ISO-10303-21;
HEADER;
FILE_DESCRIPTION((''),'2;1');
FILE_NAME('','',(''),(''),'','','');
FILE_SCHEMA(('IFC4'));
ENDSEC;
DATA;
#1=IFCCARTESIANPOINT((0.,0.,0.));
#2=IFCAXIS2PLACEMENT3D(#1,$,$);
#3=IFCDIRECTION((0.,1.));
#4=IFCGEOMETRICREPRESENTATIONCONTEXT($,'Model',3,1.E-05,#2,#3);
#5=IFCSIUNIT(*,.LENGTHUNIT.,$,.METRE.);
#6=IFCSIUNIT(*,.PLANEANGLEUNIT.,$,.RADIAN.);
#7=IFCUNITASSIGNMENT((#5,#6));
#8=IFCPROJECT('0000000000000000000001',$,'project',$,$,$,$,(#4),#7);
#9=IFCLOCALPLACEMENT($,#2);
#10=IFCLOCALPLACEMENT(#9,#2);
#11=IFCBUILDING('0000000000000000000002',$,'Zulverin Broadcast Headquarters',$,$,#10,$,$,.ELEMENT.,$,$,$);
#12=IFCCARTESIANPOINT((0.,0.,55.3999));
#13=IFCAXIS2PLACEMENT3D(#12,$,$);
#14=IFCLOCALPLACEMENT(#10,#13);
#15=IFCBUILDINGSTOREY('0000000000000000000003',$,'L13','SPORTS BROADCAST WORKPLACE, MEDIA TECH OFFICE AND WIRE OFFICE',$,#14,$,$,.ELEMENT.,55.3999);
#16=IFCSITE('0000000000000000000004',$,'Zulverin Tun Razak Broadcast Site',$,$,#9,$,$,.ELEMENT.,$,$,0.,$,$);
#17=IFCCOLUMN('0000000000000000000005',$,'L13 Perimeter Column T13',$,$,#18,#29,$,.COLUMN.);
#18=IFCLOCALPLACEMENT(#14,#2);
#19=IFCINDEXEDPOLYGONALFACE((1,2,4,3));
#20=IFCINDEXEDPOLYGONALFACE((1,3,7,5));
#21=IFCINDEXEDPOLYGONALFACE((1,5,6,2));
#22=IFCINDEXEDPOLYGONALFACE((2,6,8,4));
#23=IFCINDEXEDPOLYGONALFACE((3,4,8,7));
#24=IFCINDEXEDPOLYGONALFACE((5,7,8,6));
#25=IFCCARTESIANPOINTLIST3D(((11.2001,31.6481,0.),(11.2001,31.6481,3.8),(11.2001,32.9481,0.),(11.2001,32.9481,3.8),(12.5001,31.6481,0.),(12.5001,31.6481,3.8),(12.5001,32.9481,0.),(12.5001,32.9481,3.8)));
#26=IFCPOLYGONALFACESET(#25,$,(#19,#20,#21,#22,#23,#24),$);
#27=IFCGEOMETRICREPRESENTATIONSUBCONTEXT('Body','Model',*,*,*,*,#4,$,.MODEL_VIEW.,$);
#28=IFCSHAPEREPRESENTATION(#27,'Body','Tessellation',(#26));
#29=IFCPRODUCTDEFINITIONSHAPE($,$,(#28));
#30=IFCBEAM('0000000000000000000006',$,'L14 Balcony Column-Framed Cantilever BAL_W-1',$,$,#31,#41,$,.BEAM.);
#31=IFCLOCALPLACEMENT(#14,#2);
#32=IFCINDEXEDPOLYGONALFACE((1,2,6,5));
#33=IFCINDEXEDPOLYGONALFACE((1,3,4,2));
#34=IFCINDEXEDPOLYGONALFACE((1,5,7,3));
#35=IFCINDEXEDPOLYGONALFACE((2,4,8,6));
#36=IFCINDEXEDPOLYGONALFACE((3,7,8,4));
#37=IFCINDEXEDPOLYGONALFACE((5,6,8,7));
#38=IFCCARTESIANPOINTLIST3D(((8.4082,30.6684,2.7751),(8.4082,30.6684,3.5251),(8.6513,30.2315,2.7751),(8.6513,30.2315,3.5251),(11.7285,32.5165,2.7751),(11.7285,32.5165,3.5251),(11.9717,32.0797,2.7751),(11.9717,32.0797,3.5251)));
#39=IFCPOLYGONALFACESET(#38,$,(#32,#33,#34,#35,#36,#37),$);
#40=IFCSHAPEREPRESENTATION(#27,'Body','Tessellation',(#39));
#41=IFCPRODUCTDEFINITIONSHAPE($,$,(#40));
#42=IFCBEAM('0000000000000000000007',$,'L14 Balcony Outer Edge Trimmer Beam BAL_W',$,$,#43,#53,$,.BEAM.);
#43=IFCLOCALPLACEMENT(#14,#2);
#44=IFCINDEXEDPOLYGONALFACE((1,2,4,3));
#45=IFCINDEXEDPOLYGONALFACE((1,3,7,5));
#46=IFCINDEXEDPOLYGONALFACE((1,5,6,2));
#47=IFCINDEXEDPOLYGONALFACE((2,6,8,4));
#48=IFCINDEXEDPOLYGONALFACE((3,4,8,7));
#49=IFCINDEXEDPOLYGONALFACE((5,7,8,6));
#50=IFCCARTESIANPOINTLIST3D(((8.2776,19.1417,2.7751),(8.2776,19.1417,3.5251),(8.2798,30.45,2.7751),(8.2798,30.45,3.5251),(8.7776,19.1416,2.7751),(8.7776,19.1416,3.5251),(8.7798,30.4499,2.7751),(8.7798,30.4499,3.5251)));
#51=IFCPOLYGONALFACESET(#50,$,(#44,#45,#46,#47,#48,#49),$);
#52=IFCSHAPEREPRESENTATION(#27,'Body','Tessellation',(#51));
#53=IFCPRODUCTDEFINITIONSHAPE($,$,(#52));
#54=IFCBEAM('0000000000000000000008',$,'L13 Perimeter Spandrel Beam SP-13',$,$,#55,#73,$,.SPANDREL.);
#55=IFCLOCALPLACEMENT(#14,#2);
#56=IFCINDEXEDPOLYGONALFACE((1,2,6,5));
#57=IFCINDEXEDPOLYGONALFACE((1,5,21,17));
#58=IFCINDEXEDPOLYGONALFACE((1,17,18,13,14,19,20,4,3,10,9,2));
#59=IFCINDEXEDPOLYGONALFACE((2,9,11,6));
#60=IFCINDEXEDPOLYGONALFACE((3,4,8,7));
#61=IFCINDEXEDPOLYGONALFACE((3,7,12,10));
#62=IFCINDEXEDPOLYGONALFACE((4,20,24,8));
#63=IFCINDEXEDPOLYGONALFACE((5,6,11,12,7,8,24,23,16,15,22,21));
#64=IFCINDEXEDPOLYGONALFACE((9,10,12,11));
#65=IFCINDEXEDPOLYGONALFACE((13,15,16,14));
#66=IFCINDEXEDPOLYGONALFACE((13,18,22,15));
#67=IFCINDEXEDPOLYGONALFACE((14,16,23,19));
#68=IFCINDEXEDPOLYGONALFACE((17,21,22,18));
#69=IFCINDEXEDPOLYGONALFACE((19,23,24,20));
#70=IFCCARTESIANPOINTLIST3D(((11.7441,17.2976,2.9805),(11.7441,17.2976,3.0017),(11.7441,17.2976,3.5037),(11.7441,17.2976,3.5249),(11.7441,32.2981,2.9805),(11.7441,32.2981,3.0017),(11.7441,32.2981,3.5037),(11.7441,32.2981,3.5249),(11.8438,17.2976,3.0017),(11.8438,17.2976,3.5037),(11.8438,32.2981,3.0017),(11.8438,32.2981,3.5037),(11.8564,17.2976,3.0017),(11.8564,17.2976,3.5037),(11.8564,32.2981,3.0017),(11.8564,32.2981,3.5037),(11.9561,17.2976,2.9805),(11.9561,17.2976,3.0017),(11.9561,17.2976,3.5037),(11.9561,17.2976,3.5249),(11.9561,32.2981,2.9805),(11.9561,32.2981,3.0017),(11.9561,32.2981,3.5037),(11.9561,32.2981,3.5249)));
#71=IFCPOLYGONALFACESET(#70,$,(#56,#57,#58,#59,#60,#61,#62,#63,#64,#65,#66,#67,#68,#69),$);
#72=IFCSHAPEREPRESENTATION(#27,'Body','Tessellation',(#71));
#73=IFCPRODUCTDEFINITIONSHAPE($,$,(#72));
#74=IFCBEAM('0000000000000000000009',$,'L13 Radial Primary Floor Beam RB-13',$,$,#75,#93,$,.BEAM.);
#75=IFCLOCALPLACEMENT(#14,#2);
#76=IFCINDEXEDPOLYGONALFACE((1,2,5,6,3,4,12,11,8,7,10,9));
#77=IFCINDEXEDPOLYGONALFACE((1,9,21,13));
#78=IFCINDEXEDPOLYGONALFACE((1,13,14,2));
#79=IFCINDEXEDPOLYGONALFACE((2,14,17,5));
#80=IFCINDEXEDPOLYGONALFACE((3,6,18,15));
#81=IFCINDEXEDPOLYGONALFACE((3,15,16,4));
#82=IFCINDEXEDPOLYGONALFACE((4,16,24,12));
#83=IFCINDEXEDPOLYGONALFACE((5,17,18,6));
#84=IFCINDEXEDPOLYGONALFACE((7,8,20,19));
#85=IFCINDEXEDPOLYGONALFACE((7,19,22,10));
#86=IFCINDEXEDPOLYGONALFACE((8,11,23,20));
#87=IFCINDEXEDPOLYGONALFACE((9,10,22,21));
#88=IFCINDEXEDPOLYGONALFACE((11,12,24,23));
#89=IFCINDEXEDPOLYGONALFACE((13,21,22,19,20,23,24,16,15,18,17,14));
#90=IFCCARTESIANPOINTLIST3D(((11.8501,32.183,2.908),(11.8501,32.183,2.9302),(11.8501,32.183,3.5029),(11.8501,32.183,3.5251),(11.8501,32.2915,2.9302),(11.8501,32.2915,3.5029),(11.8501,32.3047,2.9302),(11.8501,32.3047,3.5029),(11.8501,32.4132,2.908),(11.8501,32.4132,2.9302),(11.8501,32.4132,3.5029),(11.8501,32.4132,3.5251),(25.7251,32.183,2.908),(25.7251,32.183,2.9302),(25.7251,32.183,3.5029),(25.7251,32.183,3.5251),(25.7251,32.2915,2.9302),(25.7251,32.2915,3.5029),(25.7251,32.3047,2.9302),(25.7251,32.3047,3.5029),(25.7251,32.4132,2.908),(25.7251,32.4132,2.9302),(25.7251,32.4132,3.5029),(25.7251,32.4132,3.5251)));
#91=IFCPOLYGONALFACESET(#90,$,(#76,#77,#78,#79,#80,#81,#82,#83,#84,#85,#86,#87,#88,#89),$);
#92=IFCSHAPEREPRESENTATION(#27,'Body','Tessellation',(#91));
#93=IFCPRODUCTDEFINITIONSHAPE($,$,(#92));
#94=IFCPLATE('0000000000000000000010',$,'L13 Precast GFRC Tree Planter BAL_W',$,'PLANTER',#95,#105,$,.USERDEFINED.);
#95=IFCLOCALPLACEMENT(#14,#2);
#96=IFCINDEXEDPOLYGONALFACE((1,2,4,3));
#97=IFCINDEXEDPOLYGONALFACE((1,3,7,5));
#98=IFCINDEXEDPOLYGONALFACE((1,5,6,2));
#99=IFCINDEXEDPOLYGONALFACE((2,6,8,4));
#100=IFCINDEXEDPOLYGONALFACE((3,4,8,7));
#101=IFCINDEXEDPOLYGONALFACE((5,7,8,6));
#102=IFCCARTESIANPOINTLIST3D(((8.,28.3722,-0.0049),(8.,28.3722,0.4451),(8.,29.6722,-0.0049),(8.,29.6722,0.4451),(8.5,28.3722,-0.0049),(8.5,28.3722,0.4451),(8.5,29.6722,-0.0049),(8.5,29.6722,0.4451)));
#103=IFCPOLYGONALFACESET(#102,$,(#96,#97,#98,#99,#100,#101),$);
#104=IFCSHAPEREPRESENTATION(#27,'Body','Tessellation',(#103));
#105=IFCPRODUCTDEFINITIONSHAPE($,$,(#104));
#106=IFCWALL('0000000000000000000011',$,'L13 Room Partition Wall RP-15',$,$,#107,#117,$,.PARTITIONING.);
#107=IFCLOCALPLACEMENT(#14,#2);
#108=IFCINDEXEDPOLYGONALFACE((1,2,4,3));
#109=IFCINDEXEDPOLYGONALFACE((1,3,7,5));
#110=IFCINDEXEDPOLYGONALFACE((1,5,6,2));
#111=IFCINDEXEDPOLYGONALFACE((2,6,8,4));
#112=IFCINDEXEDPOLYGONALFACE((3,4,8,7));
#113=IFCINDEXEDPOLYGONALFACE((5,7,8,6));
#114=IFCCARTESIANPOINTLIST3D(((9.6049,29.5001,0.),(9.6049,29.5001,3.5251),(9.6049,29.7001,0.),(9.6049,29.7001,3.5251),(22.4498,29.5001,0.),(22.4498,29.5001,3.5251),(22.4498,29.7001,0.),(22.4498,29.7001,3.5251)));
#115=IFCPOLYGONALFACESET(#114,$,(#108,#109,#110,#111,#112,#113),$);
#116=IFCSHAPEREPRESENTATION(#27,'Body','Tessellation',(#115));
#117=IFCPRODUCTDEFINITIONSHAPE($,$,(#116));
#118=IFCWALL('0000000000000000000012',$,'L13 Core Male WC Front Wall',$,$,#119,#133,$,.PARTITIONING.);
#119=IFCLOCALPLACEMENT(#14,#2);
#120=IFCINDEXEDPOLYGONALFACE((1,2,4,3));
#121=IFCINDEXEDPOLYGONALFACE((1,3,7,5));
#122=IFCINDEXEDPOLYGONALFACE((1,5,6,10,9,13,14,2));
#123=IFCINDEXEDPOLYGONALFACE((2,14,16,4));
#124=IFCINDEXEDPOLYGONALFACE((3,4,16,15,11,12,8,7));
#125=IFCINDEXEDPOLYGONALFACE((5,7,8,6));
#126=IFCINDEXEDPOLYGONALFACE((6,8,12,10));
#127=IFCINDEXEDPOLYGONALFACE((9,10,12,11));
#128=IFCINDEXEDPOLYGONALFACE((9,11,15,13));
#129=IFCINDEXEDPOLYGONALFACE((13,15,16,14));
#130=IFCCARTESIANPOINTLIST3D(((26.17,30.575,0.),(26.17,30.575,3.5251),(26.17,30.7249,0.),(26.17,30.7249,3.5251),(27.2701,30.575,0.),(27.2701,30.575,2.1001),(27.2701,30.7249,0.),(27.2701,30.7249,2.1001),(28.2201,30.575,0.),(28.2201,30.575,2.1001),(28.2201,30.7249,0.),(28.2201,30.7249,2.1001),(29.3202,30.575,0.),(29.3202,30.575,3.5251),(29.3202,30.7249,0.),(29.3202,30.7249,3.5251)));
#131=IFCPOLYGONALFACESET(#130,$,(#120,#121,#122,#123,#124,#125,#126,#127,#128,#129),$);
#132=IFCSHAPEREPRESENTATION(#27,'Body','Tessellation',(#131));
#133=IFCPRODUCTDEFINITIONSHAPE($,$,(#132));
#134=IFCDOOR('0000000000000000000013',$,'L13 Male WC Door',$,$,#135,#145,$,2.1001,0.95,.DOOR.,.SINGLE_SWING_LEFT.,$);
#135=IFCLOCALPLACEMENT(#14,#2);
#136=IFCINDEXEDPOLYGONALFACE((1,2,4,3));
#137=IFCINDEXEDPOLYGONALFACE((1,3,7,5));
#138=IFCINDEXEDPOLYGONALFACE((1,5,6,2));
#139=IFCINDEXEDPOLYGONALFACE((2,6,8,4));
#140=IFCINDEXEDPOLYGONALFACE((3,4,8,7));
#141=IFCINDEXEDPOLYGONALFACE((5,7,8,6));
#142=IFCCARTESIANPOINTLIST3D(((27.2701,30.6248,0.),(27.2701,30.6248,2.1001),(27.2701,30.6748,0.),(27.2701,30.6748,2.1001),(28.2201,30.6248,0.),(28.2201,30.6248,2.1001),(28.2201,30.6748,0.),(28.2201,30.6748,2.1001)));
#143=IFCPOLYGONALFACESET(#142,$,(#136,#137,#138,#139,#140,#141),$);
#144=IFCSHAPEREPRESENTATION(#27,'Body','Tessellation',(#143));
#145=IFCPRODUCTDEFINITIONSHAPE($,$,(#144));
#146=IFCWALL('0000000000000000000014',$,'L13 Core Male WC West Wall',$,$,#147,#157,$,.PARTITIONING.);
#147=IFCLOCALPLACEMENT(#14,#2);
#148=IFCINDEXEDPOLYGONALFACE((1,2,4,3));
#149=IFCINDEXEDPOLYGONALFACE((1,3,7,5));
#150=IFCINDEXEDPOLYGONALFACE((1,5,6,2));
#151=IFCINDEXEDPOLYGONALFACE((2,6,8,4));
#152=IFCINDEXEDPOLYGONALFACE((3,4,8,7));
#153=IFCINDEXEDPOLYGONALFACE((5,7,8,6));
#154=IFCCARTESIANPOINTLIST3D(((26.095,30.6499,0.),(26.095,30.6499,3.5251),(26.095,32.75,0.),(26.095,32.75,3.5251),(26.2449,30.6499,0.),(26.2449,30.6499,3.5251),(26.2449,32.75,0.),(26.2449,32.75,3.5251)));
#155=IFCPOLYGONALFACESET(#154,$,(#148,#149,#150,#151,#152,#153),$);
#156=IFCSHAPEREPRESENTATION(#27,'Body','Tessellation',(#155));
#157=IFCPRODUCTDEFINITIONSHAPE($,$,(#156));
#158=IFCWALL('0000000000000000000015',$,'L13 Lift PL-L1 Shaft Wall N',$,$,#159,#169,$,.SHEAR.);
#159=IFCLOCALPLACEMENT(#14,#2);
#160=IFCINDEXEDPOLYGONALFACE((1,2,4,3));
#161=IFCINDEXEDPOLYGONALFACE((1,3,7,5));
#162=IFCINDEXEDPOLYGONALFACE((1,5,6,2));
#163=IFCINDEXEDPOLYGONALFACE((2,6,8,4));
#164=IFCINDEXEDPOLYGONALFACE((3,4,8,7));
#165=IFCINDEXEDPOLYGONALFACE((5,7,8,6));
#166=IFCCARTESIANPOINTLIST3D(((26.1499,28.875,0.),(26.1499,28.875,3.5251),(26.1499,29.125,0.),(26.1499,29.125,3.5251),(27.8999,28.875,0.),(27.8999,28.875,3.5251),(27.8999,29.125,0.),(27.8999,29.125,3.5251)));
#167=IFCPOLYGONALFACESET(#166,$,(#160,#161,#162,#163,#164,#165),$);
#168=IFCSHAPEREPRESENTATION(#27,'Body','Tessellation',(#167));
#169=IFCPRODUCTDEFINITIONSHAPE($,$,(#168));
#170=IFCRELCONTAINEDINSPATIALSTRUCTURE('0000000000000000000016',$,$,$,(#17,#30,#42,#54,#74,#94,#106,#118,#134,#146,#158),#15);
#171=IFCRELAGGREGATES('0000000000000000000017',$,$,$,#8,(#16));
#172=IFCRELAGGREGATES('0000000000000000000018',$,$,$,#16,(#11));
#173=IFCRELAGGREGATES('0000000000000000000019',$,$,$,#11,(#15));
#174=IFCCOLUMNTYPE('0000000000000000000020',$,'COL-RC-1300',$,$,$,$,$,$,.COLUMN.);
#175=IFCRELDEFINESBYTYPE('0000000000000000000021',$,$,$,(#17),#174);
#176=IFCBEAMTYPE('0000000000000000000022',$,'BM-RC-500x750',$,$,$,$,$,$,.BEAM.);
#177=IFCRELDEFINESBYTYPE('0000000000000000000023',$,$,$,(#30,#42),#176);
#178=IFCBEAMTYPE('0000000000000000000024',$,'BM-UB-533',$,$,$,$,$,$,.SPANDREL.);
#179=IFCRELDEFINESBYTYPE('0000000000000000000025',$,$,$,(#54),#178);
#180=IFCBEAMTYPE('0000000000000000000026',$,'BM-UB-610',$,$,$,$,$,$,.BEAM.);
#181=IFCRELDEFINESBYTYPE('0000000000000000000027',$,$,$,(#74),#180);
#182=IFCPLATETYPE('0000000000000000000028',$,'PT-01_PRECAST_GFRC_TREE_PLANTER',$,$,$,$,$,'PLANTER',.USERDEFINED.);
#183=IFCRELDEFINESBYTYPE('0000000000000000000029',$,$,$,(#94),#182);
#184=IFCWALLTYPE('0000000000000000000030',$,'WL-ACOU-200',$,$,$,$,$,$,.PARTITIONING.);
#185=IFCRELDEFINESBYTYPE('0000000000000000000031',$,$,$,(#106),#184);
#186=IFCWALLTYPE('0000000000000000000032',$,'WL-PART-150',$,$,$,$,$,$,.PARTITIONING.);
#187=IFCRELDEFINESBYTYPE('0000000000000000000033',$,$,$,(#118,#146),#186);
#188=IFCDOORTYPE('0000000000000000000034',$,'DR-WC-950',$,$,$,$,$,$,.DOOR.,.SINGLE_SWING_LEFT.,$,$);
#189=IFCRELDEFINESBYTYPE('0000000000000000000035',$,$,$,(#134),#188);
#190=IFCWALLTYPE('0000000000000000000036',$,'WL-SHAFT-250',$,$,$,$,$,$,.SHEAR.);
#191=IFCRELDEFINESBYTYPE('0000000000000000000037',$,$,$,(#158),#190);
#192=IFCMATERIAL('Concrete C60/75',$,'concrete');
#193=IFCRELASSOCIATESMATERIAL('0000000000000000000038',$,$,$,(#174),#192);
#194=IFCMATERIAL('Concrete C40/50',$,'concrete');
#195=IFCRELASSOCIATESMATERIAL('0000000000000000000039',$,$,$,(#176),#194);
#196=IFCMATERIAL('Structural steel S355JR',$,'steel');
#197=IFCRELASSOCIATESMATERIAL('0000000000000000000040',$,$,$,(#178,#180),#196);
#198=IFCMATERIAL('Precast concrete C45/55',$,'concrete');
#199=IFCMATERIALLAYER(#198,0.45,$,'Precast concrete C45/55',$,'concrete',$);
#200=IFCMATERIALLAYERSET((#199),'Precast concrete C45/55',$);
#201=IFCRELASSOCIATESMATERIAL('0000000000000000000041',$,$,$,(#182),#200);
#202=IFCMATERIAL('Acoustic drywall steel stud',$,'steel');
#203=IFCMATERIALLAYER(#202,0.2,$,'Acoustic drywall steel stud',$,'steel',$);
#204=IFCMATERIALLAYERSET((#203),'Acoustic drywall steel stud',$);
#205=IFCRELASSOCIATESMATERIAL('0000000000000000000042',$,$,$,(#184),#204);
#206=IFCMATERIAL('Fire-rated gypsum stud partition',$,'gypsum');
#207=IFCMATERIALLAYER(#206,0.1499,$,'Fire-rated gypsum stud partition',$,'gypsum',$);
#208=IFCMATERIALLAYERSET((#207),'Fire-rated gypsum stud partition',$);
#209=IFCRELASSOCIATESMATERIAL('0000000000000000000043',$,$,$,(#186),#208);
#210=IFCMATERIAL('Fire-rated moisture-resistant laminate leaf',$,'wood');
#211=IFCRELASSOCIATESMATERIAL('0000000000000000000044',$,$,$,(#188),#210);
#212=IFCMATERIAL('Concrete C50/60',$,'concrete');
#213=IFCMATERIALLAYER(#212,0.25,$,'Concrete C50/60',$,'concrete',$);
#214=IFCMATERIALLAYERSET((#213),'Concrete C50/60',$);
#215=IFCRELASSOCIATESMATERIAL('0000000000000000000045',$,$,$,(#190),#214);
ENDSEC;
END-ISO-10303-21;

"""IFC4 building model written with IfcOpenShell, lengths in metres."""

from ifc_helpers import new_model, si_unit, direction, frame, frame_2d, origin, origin_2d, place, context, subcontext, project, spatial, rectangle, i_section, extrude, material, layer, layer_set, material_profile, profile_set, type_object, element, fill, save


model = new_model("IFC4")

# Units and contexts
model_context = context("Model", 3, precision=1e-05, world=origin(), true_north=direction((0.0, 1.0)))
body_context = subcontext(model_context, "Body", "Model", "MODEL_VIEW")
ifc_project = project(units=[si_unit("LENGTHUNIT", "METRE"), si_unit("PLANEANGLEUNIT", "RADIAN")], contexts=[model_context])

# Site, building, storey
site_placement = place(None, origin())
site = spatial("IfcSite", under=ifc_project, at=site_placement, Name="Zulverin Tun Razak Broadcast Site", CompositionType="ELEMENT", RefElevation=0.0)
building_placement = place(site_placement, origin())
building = spatial("IfcBuilding", under=site, at=building_placement, Name="Zulverin Broadcast Headquarters", CompositionType="ELEMENT")
storey_placement = place(building_placement, frame((0.0, 0.0, 55.3999)))
storey = spatial("IfcBuildingStorey", under=building, at=storey_placement, Name="L13", Description="SPORTS BROADCAST WORKPLACE, MEDIA TECH OFFICE AND WIRE OFFICE", CompositionType="ELEMENT", Elevation=55.3999)

# Column
ifc_material_1 = material(Name="Concrete C60/75", Category="concrete")
ifc_material_profile_1 = material_profile(ifc_material_1, rectangle(XDim=1.3, YDim=1.3, at=origin_2d()), Name="Concrete C60/75", Category="concrete")
ifc_profile_set_1 = profile_set([ifc_material_profile_1], Name="Concrete C60/75")
column_type = type_object("IfcColumnType", Name="COL-RC-1300", PredefinedType="COLUMN", material=ifc_profile_set_1)
column_placement = place(storey_placement, frame((11.8501, 32.2981, 0.0), z_axis=(0.0, 0.0, 1.0), x_axis=(1.0, 0.0, 0.0)))
element("IfcColumn", 1, at=column_placement, inside=storey, type_object=column_type, Name="L13 Perimeter Column T13", PredefinedType="COLUMN", context=body_context, shape_type="SweptSolid", body=[
    extrude(rectangle(XDim=1.3, YDim=1.3, at=origin_2d()), origin(), (0.0, 0.0, 1.0), 3.8),
])

# Beams
ifc_material_2 = material(Name="Concrete C40/50", Category="concrete")
ifc_material_profile_2 = material_profile(ifc_material_2, rectangle(XDim=0.5, YDim=0.75, at=origin_2d()), Name="Concrete C40/50", Category="concrete")
ifc_profile_set_2 = profile_set([ifc_material_profile_2], Name="Concrete C40/50")
beam_type_1 = type_object("IfcBeamType", Name="BM-RC-500x750", PredefinedType="BEAM", material=ifc_profile_set_2)
beam_1_placement = place(storey_placement, frame((11.8501, 32.2981, 3.1501), z_axis=(-0.873763, -0.486352, 0.0), x_axis=(0.486352, -0.873763, 0.0)))
element("IfcBeam", 2, at=beam_1_placement, inside=storey, type_object=beam_type_1, Name="L14 Balcony Column-Framed Cantilever BAL_W-1", PredefinedType="BEAM", context=body_context, shape_type="SweptSolid", body=[
    extrude(rectangle(XDim=0.5, YDim=0.75, at=origin_2d()), origin(), (0.0, 0.0, 1.0), 3.8),
])
beam_2_placement = place(storey_placement, frame((8.5298, 30.45, 3.1501), z_axis=(-0.000194, -1.0, 0.0), x_axis=(1.0, -0.000194, 0.0)))
element("IfcBeam", 3, at=beam_2_placement, inside=storey, type_object=beam_type_1, Name="L14 Balcony Outer Edge Trimmer Beam BAL_W", PredefinedType="BEAM", context=body_context, shape_type="SweptSolid", body=[
    extrude(rectangle(XDim=0.5, YDim=0.75, at=origin_2d()), origin(), (0.0, 0.0, 1.0), 11.3083),
])
ifc_material_3 = material(Name="Structural steel S355JR", Category="steel")
ifc_material_profile_3 = material_profile(ifc_material_3, i_section(OverallWidth=0.2119, OverallDepth=0.5444, WebThickness=0.0127, FlangeThickness=0.0212, at=origin_2d()), Name="Structural steel S355JR", Category="steel")
ifc_profile_set_3 = profile_set([ifc_material_profile_3], Name="Structural steel S355JR")
beam_type_2 = type_object("IfcBeamType", Name="BM-UB-533", PredefinedType="SPANDREL", material=ifc_profile_set_3)
beam_3_placement = place(storey_placement, frame((11.8501, 32.2981, 3.2527), z_axis=(0.0, -1.0, 0.0), x_axis=(1.0, 0.0, 0.0)))
element("IfcBeam", 4, at=beam_3_placement, inside=storey, type_object=beam_type_2, Name="L13 Perimeter Spandrel Beam SP-13", PredefinedType="SPANDREL", context=body_context, shape_type="SweptSolid", body=[
    extrude(i_section(OverallWidth=0.2119, OverallDepth=0.5444, WebThickness=0.0127, FlangeThickness=0.0212, at=origin_2d()), origin(), (0.0, 0.0, 1.0), 15.0005),
])
ifc_material_profile_4 = material_profile(ifc_material_3, i_section(OverallWidth=0.2302, OverallDepth=0.6172, WebThickness=0.0132, FlangeThickness=0.0222, at=origin_2d()), Name="Structural steel S355JR", Category="steel")
ifc_profile_set_4 = profile_set([ifc_material_profile_4], Name="Structural steel S355JR")
beam_type_3 = type_object("IfcBeamType", Name="BM-UB-610", PredefinedType="BEAM", material=ifc_profile_set_4)
beam_4_placement = place(storey_placement, frame((25.7251, 32.2981, 3.2166), z_axis=(-1.0, 0.0, 0.0), x_axis=(0.0, -1.0, 0.0)))
element("IfcBeam", 5, at=beam_4_placement, inside=storey, type_object=beam_type_3, Name="L13 Radial Primary Floor Beam RB-13", PredefinedType="BEAM", context=body_context, shape_type="SweptSolid", body=[
    extrude(i_section(OverallWidth=0.2302, OverallDepth=0.6172, WebThickness=0.0132, FlangeThickness=0.0222, at=origin_2d()), origin(), (0.0, 0.0, 1.0), 13.875),
])

# Plate
ifc_material_4 = material(Name="Precast concrete C45/55", Category="concrete")
ifc_layer_1 = layer(ifc_material_4, 0.45, Name="Precast concrete C45/55", Category="concrete")
ifc_layer_set_1 = layer_set([ifc_layer_1], Name="Precast concrete C45/55")
plate_type = type_object("IfcPlateType", Name="PT-01_PRECAST_GFRC_TREE_PLANTER", ElementType="PLANTER", PredefinedType="USERDEFINED", material=ifc_layer_set_1)
plate_placement = place(storey_placement, frame((8.25, 29.0222, -0.0049), z_axis=(0.0, 0.0, 1.0), x_axis=(0.0, 1.0, 0.0)))
element("IfcPlate", 6, at=plate_placement, inside=storey, type_object=plate_type, Name="L13 Precast GFRC Tree Planter BAL_W", ObjectType="PLANTER", PredefinedType="USERDEFINED", context=body_context, shape_type="SweptSolid", body=[
    extrude(rectangle(XDim=1.3, YDim=0.5, at=origin_2d()), origin(), (0.0, 0.0, 1.0), 0.45),
])

# Wall
ifc_material_5 = material(Name="Acoustic drywall steel stud", Category="steel")
ifc_layer_2 = layer(ifc_material_5, 0.2, Name="Acoustic drywall steel stud", Category="steel")
ifc_layer_set_2 = layer_set([ifc_layer_2], Name="Acoustic drywall steel stud")
wall_type_1 = type_object("IfcWallType", Name="WL-ACOU-200", PredefinedType="PARTITIONING", material=ifc_layer_set_2)
wall_1_placement = place(storey_placement, frame((9.605, 29.6001, 0.0), z_axis=(0.0, 0.0, 1.0), x_axis=(1.0, 0.0, 0.0)))
element("IfcWall", 7, at=wall_1_placement, inside=storey, type_object=wall_type_1, Name="L13 Room Partition Wall RP-15", PredefinedType="PARTITIONING", context=body_context, shape_type="SweptSolid", body=[
    extrude(rectangle(XDim=12.845, YDim=0.2, at=frame_2d((6.4224, 0.0))), origin(), (0.0, 0.0, 1.0), 3.5251),
])

# Wall, opening, door
ifc_material_6 = material(Name="Fire-rated gypsum stud partition", Category="gypsum")
ifc_layer_3 = layer(ifc_material_6, 0.1499, Name="Fire-rated gypsum stud partition", Category="gypsum")
ifc_layer_set_3 = layer_set([ifc_layer_3], Name="Fire-rated gypsum stud partition")
wall_type_2 = type_object("IfcWallType", Name="WL-PART-150", PredefinedType="PARTITIONING", material=ifc_layer_set_3)
wall_2_placement = place(storey_placement, frame((26.1699, 30.6499, 0.0), z_axis=(0.0, 0.0, 1.0), x_axis=(1.0, 0.0, 0.0)))
wall_2 = element("IfcWall", 8, at=wall_2_placement, inside=storey, type_object=wall_type_2, Name="L13 Core Male WC Front Wall", PredefinedType="PARTITIONING", context=body_context, shape_type="SweptSolid", body=[
    extrude(rectangle(XDim=3.1501, YDim=0.1499, at=frame_2d((1.5752, 0.0))), origin(), (0.0, 0.0, 1.0), 3.5251),
])
opening_1_placement = place(wall_2_placement, frame((1.1001, 0.0, 0.0)))
opening_1 = element("IfcOpeningElement", 9, at=opening_1_placement, cuts=wall_2, PredefinedType="OPENING", context=body_context, shape_type="SweptSolid", body=[
    extrude(rectangle(XDim=0.95, YDim=2.1001, at=frame_2d((0.4751, 1.05))), frame((0.0, 0.085, 0.0), z_axis=(0.0, -1.0, 0.0), x_axis=(1.0, 0.0, 0.0)), (0.0, 0.0, 1.0), 0.1699),
])
ifc_material_7 = material(Name="Fire-rated moisture-resistant laminate leaf", Category="wood")
door_type_1 = type_object("IfcDoorType", Name="DR-WC-950", OperationType="SINGLE_SWING_LEFT", PredefinedType="DOOR", material=ifc_material_7)
door_1_placement = place(opening_1_placement, origin())
door_1 = element("IfcDoor", 10, at=door_1_placement, inside=storey, type_object=door_type_1, Name="L13 Male WC Door", OperationType="SINGLE_SWING_LEFT", OverallHeight=2.1001, OverallWidth=0.95, PredefinedType="DOOR", context=body_context, shape_type="SweptSolid", body=[
    extrude(rectangle(XDim=0.95, YDim=2.1001, at=frame_2d((0.4751, 1.05))), frame((0.0, 0.0249, 0.0), z_axis=(0.0, -1.0, 0.0), x_axis=(1.0, 0.0, 0.0)), (0.0, 0.0, 1.0), 0.05),
])
fill(opening_1, door_1)

# Wall
wall_3_placement = place(storey_placement, frame((26.1699, 30.6499, 0.0), z_axis=(0.0, 0.0, 1.0), x_axis=(0.0, 1.0, 0.0)))
element("IfcWall", 11, at=wall_3_placement, inside=storey, type_object=wall_type_2, Name="L13 Core Male WC West Wall", PredefinedType="PARTITIONING", context=body_context, shape_type="SweptSolid", body=[
    extrude(rectangle(XDim=2.1001, YDim=0.1499, at=frame_2d((1.05, 0.0))), origin(), (0.0, 0.0, 1.0), 3.5251),
])

# Shared definitions
ifc_material_8 = material(Name="Concrete C50/60", Category="concrete")
ifc_layer_4 = layer(ifc_material_8, 0.25, Name="Concrete C50/60", Category="concrete")
ifc_layer_set_4 = layer_set([ifc_layer_4], Name="Concrete C50/60")
wall_type_3 = type_object("IfcWallType", Name="WL-SHAFT-250", PredefinedType="SHEAR", material=ifc_layer_set_4)

# Wall
wall_4_placement = place(storey_placement, frame((26.1499, 29.0, 0.0), z_axis=(0.0, 0.0, 1.0), x_axis=(1.0, 0.0, 0.0)))
element("IfcWall", 12, at=wall_4_placement, inside=storey, type_object=wall_type_3, Name="L13 Lift PL-L1 Shaft Wall N", PredefinedType="SHEAR", context=body_context, shape_type="SweptSolid", body=[
    extrude(rectangle(XDim=1.75, YDim=0.25, at=frame_2d((0.875, 0.0))), origin(), (0.0, 0.0, 1.0), 3.5251),
])

save(model, "model.ifc")
